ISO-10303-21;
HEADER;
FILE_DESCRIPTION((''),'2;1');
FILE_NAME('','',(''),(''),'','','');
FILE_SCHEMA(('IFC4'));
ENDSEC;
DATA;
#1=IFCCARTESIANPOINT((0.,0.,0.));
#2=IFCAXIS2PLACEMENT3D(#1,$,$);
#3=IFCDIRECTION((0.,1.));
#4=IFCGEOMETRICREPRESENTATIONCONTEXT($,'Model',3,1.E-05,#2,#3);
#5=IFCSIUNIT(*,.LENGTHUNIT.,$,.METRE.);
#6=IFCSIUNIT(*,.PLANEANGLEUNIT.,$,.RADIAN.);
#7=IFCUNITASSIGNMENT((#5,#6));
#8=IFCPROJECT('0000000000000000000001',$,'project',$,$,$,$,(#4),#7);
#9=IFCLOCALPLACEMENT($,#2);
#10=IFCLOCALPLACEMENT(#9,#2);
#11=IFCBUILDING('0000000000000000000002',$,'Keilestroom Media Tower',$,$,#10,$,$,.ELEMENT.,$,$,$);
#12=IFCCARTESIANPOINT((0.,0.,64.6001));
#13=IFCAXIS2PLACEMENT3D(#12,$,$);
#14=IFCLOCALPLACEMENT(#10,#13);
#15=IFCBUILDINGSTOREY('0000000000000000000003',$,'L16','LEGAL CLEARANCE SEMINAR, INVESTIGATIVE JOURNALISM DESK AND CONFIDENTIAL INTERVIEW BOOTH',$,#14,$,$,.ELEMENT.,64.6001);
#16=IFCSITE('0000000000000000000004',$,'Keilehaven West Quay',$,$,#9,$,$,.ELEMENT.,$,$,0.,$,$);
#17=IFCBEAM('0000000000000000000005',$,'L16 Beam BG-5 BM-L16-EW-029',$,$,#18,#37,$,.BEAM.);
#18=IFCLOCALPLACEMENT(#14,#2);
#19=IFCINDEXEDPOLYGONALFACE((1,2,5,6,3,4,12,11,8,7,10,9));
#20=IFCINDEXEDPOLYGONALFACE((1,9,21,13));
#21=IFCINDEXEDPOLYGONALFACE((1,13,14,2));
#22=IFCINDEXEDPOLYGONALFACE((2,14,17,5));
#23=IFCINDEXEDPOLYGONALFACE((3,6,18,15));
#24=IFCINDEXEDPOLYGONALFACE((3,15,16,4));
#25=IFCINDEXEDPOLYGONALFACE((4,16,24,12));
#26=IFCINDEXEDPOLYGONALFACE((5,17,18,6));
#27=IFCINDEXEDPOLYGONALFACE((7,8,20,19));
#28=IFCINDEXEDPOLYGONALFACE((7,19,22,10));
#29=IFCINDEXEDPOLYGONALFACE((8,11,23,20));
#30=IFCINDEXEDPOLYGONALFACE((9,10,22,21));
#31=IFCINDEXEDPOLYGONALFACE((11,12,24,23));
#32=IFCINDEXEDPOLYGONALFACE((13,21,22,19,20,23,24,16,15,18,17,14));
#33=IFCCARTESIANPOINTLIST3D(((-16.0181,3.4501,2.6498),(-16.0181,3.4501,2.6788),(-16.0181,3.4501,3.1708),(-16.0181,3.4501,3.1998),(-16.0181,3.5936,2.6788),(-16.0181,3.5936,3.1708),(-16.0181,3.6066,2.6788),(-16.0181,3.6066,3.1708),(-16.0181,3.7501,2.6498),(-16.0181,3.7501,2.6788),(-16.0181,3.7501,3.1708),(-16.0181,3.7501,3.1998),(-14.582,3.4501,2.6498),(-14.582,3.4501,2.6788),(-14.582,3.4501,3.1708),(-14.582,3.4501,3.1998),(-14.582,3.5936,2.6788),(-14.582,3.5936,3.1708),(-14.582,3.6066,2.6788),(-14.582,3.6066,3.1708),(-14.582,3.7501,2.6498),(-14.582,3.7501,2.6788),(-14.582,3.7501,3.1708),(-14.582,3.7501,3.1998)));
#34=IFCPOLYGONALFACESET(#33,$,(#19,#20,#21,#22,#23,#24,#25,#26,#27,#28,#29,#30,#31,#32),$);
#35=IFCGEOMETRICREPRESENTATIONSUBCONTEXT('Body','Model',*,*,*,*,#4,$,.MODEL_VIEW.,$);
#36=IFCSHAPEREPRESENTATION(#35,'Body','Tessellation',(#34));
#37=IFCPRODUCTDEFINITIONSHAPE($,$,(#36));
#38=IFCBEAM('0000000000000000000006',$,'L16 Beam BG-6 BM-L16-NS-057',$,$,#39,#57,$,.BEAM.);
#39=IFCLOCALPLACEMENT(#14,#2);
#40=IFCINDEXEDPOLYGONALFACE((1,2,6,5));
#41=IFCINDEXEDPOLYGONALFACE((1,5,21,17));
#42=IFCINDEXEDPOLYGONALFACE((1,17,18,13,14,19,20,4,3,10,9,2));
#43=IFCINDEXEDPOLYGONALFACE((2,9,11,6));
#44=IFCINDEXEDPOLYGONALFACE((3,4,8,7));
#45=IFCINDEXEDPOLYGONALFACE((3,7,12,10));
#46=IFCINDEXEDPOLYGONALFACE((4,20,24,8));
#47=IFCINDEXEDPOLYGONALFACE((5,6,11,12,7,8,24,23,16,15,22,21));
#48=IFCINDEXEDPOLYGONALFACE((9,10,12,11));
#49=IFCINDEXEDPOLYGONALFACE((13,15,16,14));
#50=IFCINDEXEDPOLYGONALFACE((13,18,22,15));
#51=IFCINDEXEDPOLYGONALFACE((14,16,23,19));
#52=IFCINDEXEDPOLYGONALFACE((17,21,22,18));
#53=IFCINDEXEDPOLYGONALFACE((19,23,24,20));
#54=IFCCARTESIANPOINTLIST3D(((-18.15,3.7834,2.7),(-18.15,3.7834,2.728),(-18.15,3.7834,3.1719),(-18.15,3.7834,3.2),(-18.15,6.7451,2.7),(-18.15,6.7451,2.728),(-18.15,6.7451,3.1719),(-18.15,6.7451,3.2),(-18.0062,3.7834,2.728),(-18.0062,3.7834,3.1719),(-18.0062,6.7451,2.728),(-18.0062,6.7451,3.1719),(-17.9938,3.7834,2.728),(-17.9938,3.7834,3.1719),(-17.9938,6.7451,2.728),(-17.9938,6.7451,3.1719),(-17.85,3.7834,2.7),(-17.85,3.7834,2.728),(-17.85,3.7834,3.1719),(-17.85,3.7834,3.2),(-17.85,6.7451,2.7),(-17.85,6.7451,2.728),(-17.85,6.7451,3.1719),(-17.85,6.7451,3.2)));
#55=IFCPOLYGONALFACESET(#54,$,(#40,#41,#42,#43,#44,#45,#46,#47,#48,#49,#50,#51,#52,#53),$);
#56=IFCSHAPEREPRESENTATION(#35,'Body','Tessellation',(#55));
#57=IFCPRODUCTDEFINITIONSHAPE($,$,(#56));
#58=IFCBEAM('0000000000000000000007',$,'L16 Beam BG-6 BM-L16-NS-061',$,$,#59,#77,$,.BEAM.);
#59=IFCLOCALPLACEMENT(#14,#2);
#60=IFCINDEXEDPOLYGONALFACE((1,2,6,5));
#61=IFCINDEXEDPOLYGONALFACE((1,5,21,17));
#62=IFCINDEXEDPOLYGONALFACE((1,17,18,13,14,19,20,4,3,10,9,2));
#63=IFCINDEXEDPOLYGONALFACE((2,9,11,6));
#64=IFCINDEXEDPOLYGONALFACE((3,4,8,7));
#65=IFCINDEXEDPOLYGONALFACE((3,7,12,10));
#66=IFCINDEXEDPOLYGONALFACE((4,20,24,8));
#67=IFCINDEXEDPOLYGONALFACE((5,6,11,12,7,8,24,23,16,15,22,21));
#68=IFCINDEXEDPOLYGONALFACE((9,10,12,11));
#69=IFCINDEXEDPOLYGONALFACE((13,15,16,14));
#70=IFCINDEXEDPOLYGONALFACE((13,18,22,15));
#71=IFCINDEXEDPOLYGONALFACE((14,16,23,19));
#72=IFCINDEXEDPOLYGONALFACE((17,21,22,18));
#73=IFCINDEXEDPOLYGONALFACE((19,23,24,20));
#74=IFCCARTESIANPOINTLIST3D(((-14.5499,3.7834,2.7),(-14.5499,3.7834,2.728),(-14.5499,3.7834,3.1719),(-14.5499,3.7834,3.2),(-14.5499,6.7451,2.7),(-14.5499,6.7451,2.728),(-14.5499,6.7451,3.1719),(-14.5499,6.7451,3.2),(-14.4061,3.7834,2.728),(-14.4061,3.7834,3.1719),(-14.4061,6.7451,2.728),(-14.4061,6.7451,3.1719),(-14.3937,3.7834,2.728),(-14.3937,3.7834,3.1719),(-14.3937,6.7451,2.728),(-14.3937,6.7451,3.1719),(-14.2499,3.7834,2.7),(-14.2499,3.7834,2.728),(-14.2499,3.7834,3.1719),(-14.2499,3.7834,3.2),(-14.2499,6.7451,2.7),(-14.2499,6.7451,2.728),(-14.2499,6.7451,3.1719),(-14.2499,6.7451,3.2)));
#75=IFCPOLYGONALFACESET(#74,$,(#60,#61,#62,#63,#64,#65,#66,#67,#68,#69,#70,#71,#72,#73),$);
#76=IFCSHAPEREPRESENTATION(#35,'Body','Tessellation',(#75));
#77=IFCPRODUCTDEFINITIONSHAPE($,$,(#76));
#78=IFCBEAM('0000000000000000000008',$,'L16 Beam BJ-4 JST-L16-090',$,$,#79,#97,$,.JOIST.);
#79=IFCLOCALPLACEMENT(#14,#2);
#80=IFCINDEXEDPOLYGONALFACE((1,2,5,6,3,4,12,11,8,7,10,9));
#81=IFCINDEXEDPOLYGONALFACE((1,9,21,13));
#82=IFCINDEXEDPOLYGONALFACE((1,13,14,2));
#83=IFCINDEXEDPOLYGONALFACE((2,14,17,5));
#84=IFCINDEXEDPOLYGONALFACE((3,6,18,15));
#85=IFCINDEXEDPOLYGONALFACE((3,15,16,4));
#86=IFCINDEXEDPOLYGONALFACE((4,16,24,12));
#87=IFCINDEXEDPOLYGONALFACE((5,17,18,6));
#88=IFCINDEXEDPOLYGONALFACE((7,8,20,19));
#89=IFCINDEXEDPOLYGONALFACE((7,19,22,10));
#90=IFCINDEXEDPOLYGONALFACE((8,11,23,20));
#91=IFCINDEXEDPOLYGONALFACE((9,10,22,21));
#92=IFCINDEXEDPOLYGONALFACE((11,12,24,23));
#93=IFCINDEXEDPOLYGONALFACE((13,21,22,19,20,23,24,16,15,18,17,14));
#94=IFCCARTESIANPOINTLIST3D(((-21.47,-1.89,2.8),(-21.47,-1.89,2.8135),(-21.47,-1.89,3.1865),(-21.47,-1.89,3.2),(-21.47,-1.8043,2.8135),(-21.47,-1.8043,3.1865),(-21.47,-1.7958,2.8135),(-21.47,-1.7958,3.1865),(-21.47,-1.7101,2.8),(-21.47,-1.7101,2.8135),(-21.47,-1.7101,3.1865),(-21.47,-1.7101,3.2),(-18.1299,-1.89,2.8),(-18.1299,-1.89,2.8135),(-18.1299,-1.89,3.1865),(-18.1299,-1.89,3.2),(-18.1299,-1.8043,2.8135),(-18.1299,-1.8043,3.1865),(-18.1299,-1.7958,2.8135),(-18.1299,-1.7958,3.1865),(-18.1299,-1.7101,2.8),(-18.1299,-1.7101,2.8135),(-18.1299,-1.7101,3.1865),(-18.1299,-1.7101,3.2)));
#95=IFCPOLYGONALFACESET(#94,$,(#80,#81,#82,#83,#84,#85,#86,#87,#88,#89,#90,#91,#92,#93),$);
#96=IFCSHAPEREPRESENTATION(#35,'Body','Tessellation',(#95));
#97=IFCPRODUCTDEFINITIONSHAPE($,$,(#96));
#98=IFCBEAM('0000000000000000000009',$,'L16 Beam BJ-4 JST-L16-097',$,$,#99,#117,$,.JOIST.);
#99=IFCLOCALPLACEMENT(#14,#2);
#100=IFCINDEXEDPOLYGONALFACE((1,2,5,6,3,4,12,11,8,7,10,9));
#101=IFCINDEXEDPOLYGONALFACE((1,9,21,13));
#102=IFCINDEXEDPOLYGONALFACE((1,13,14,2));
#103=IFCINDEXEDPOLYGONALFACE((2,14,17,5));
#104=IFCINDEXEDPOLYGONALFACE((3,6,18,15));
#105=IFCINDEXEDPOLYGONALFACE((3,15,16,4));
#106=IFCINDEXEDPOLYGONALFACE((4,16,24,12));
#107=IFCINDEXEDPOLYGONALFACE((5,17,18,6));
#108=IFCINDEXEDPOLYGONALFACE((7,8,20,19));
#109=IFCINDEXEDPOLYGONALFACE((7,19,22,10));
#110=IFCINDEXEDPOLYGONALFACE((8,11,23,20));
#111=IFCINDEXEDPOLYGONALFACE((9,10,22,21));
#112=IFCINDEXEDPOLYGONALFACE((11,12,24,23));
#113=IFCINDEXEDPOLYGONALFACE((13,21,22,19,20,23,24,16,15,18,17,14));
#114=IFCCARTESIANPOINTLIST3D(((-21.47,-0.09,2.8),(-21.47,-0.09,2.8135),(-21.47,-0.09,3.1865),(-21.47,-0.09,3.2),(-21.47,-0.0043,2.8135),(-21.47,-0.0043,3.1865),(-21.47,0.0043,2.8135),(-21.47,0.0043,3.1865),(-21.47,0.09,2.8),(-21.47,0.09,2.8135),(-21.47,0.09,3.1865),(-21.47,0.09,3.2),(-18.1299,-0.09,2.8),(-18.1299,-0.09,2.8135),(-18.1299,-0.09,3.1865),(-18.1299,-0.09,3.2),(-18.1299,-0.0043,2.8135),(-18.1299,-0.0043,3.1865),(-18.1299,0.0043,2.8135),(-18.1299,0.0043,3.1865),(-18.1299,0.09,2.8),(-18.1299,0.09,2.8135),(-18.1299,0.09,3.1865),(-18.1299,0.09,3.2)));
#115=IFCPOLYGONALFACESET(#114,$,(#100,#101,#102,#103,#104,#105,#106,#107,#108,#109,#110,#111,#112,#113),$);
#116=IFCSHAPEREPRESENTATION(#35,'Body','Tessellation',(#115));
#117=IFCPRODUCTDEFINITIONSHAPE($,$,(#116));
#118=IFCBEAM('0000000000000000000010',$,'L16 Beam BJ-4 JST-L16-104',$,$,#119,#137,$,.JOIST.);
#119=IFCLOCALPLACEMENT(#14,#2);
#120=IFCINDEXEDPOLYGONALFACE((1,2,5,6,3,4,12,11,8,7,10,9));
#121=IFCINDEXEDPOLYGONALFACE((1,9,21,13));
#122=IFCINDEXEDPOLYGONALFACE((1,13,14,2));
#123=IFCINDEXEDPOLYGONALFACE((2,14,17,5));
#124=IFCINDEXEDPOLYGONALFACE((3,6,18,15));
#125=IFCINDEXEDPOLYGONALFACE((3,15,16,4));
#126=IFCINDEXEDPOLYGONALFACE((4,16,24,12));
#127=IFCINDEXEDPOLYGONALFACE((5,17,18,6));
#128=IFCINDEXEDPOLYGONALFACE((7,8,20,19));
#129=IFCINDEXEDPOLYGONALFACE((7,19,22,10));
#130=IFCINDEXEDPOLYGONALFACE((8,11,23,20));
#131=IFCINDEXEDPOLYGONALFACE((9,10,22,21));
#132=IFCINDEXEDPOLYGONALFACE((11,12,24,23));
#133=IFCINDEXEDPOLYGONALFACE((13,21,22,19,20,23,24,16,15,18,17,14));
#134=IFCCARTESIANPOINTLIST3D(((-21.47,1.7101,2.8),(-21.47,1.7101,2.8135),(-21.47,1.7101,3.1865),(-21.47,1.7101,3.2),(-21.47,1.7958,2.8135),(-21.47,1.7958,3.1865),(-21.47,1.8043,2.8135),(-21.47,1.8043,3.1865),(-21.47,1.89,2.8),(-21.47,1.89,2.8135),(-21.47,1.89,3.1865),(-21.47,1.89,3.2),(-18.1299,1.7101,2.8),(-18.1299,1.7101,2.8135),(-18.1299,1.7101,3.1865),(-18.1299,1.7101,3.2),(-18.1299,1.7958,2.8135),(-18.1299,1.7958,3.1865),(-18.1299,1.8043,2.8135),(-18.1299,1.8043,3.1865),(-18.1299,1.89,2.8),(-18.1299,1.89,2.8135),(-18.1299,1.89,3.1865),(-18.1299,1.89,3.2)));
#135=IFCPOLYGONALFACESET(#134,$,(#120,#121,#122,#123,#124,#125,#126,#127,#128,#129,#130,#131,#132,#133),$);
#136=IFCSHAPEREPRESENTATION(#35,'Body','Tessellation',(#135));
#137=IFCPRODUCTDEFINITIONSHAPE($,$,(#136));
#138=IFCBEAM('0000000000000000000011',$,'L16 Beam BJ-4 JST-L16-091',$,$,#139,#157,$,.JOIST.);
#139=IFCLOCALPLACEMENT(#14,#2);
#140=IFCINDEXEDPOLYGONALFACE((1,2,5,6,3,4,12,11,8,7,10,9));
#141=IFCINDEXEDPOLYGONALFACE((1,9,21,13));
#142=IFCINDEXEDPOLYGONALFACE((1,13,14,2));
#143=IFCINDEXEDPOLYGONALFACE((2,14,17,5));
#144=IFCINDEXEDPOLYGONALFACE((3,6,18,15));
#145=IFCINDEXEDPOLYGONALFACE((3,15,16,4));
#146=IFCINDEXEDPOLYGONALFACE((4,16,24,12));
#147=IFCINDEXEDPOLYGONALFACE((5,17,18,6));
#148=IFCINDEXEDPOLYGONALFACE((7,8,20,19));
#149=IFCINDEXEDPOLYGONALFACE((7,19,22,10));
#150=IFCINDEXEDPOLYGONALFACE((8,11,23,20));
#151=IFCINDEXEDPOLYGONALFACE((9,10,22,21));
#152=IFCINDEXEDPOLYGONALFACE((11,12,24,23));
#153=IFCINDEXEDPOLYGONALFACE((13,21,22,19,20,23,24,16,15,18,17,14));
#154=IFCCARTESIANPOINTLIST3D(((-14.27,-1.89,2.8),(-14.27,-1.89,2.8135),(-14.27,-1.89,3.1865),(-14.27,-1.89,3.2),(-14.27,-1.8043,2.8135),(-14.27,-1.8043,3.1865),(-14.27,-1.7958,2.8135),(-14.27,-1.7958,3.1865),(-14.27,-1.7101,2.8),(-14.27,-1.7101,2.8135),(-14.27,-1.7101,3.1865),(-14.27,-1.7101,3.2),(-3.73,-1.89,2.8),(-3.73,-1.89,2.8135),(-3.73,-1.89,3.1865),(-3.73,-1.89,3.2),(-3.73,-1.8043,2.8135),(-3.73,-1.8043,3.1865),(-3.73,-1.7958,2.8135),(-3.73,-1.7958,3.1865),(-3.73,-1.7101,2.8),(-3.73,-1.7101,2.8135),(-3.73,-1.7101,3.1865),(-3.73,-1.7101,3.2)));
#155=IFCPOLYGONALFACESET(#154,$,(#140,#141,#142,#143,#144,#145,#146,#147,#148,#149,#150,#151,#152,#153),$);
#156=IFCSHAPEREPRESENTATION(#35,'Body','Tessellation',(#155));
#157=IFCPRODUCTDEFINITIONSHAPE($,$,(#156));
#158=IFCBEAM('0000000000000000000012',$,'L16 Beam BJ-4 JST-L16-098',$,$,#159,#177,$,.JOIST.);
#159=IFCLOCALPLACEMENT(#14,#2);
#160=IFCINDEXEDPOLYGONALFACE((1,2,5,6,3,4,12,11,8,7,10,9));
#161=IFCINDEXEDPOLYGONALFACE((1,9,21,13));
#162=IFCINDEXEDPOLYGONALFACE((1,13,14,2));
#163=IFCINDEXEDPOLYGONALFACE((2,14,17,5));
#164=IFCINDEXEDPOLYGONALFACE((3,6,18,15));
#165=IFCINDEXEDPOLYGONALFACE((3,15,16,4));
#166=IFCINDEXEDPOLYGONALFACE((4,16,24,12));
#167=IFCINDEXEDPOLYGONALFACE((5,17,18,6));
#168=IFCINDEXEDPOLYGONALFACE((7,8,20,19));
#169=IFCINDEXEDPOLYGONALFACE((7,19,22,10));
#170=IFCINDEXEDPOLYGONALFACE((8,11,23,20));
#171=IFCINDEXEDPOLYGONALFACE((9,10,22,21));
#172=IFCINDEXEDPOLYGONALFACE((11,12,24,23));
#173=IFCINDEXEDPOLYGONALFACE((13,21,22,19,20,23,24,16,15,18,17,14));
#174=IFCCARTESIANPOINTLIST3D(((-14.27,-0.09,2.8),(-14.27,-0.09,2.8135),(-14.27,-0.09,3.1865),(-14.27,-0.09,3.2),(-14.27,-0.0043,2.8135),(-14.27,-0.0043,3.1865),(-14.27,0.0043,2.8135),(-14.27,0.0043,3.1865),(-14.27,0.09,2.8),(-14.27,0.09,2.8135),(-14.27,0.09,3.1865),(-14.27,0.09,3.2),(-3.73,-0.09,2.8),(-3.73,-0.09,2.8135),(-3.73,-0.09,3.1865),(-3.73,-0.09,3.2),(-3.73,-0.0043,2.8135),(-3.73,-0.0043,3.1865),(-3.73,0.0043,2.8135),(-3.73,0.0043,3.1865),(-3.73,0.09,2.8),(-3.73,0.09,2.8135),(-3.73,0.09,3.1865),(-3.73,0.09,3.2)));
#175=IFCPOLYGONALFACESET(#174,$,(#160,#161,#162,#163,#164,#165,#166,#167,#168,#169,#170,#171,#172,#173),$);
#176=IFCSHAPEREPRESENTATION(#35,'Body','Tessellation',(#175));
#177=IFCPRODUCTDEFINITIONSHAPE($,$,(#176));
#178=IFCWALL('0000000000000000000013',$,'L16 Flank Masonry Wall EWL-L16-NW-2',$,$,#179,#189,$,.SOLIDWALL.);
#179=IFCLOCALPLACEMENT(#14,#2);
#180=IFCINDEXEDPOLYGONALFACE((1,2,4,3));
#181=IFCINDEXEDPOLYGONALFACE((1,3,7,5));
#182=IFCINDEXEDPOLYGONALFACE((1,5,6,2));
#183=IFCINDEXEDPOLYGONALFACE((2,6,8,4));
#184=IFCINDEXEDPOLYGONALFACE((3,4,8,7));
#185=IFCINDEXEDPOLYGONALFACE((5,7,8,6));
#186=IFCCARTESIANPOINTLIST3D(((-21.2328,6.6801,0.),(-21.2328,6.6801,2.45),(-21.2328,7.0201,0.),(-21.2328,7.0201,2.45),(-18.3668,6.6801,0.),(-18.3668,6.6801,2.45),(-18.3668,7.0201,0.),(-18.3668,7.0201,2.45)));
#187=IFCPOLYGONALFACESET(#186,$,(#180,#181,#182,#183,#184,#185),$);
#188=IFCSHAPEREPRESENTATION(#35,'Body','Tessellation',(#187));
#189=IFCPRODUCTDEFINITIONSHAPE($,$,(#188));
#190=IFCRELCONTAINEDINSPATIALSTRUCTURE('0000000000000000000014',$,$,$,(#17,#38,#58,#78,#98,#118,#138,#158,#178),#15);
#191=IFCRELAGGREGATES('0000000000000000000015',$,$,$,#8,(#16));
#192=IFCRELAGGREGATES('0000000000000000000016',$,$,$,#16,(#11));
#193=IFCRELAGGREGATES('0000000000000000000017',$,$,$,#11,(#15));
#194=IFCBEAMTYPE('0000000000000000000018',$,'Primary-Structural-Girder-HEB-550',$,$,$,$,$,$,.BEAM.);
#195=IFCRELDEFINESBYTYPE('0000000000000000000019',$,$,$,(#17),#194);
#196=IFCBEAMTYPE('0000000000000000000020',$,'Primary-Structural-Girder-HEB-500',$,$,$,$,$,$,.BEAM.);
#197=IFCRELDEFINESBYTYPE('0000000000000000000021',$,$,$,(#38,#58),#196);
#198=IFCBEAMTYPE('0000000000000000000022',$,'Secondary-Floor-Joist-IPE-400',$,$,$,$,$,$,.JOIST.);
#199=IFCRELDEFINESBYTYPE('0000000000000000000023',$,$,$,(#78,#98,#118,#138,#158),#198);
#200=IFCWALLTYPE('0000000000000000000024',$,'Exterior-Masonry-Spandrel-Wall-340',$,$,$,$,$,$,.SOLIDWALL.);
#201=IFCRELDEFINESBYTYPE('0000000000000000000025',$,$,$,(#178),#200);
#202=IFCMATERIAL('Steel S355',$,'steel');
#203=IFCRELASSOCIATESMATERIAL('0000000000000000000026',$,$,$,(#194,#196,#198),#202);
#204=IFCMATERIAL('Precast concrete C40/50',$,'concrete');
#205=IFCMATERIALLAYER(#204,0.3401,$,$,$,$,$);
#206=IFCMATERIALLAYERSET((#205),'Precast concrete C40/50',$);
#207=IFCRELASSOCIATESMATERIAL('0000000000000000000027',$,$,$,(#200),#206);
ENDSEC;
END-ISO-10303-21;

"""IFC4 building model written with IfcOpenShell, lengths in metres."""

from ifc_helpers import new_model, si_unit, direction, frame, frame_2d, origin, origin_2d, place, context, subcontext, project, spatial, rectangle, i_section, extrude, source, transform, mapped, material, layer, layer_set, material_profile, profile_set, type_object, element, save


model = new_model("IFC4")

# Units and contexts
model_context = context("Model", 3, precision=1e-05, world=origin(), true_north=direction((0.0, 1.0)))
body_context = subcontext(model_context, "Body", "Model", "MODEL_VIEW")
ifc_project = project(units=[si_unit("LENGTHUNIT", "METRE"), si_unit("PLANEANGLEUNIT", "RADIAN")], contexts=[model_context])

# Site, building, storey
site_placement = place(None, origin())
site = spatial("IfcSite", under=ifc_project, at=site_placement, Name="Keilehaven West Quay", CompositionType="ELEMENT", RefElevation=0.0)
building_placement = place(site_placement, origin())
building = spatial("IfcBuilding", under=site, at=building_placement, Name="Keilestroom Media Tower", CompositionType="ELEMENT")
storey_placement = place(building_placement, frame((0.0, 0.0, 64.6001)))
storey = spatial("IfcBuildingStorey", under=building, at=storey_placement, Name="L16", Description="LEGAL CLEARANCE SEMINAR, INVESTIGATIVE JOURNALISM DESK AND CONFIDENTIAL INTERVIEW BOOTH", CompositionType="ELEMENT", Elevation=64.6001)

# Shared definitions
ifc_material_1 = material(Name="Precast concrete C40/50", Category="concrete")

# Beams
ifc_material_2 = material(Name="Steel S355", Category="steel")
ifc_material_profile_1 = material_profile(ifc_material_2, i_section(OverallWidth=0.3, OverallDepth=0.55, WebThickness=0.0129, FlangeThickness=0.0291, at=origin_2d()), Name="HEB 550")
ifc_profile_set_1 = profile_set([ifc_material_profile_1], Name="Steel S355")
beam_type_1 = type_object("IfcBeamType", Name="Primary-Structural-Girder-HEB-550", PredefinedType="BEAM", material=ifc_profile_set_1)
shared_shape_1 = source(origin(), body_context, "Body", "SweptSolid", [
    extrude(i_section(OverallWidth=0.3, OverallDepth=0.55, WebThickness=0.0129, FlangeThickness=0.0291, at=origin_2d()), origin(), (0.0, 0.0, 1.0), 1.436),
])
for number, where, z_axis, x_axis, name in (
    (1, (-16.0181, 3.6001, 2.9248), (1.0, 0.0, 0.0), (0.0, 1.0, 0.0), "L16 Beam BG-5 BM-L16-EW-029"),
):
    element("IfcBeam", number, at=place(storey_placement, frame(where, z_axis=z_axis, x_axis=x_axis)), inside=storey, type_object=beam_type_1, Name=name, PredefinedType="BEAM", context=body_context, shape_type="MappedRepresentation", body=[
        mapped(shared_shape_1, transform((0.0, 0.0, 0.0), x_axis=(1.0, 0.0, 0.0), y_axis=(0.0, 1.0, 0.0), z_axis=(0.0, 0.0, 1.0), scale=1.0)),
    ])
ifc_material_profile_2 = material_profile(ifc_material_2, i_section(OverallWidth=0.3, OverallDepth=0.5, WebThickness=0.0125, FlangeThickness=0.0281, at=origin_2d()), Name="HEB 500")
ifc_profile_set_2 = profile_set([ifc_material_profile_2], Name="Steel S355")
beam_type_2 = type_object("IfcBeamType", Name="Primary-Structural-Girder-HEB-500", PredefinedType="BEAM", material=ifc_profile_set_2)
shared_shape_2 = source(origin(), body_context, "Body", "SweptSolid", [
    extrude(i_section(OverallWidth=0.3, OverallDepth=0.5, WebThickness=0.0125, FlangeThickness=0.0281, at=origin_2d()), origin(), (0.0, 0.0, 1.0), 2.9617),
])
for number, where, z_axis, x_axis, name in (
    (2, (-18.0, 3.7834, 2.95), (0.0, 1.0, 0.0), (-1.0, 0.0, 0.0), "L16 Beam BG-6 BM-L16-NS-057"),
    (3, (-14.3999, 3.7834, 2.95), (0.0, 1.0, 0.0), (-1.0, 0.0, 0.0), "L16 Beam BG-6 BM-L16-NS-061"),
):
    element("IfcBeam", number, at=place(storey_placement, frame(where, z_axis=z_axis, x_axis=x_axis)), inside=storey, type_object=beam_type_2, Name=name, PredefinedType="BEAM", context=body_context, shape_type="MappedRepresentation", body=[
        mapped(shared_shape_2, transform((0.0, 0.0, 0.0), x_axis=(1.0, 0.0, 0.0), y_axis=(0.0, 1.0, 0.0), z_axis=(0.0, 0.0, 1.0), scale=1.0)),
    ])
ifc_material_profile_3 = material_profile(ifc_material_2, i_section(OverallWidth=0.1799, OverallDepth=0.3999, WebThickness=0.0085, FlangeThickness=0.0134, at=origin_2d()), Name="IPE 400")
ifc_profile_set_3 = profile_set([ifc_material_profile_3], Name="Steel S355")
beam_type_3 = type_object("IfcBeamType", Name="Secondary-Floor-Joist-IPE-400", PredefinedType="JOIST", material=ifc_profile_set_3)
shared_shape_3 = source(origin(), body_context, "Body", "SweptSolid", [
    extrude(i_section(OverallWidth=0.1799, OverallDepth=0.3999, WebThickness=0.0085, FlangeThickness=0.0134, at=origin_2d()), origin(), (0.0, 0.0, 1.0), 3.3401),
])
for number, where, z_axis, x_axis, name in (
    (4, (-21.47, -1.8, 3.0), (1.0, 0.0, 0.0), (0.0, 1.0, 0.0), "L16 Beam BJ-4 JST-L16-090"),
    (5, (-21.47, 0.0, 3.0), (1.0, 0.0, 0.0), (0.0, 1.0, 0.0), "L16 Beam BJ-4 JST-L16-097"),
    (6, (-21.47, 1.8, 3.0), (1.0, 0.0, 0.0), (0.0, 1.0, 0.0), "L16 Beam BJ-4 JST-L16-104"),
):
    element("IfcBeam", number, at=place(storey_placement, frame(where, z_axis=z_axis, x_axis=x_axis)), inside=storey, type_object=beam_type_3, Name=name, PredefinedType="JOIST", context=body_context, shape_type="MappedRepresentation", body=[
        mapped(shared_shape_3, transform((0.0, 0.0, 0.0), x_axis=(1.0, 0.0, 0.0), y_axis=(0.0, 1.0, 0.0), z_axis=(0.0, 0.0, 1.0), scale=1.0)),
    ])
shared_shape_4 = source(origin(), body_context, "Body", "SweptSolid", [
    extrude(i_section(OverallWidth=0.1799, OverallDepth=0.3999, WebThickness=0.0085, FlangeThickness=0.0134, at=origin_2d()), origin(), (0.0, 0.0, 1.0), 10.54),
])
for number, where, z_axis, x_axis, name in (
    (7, (-14.27, -1.8, 3.0), (1.0, 0.0, 0.0), (0.0, 1.0, 0.0), "L16 Beam BJ-4 JST-L16-091"),
    (8, (-14.27, 0.0, 3.0), (1.0, 0.0, 0.0), (0.0, 1.0, 0.0), "L16 Beam BJ-4 JST-L16-098"),
):
    element("IfcBeam", number, at=place(storey_placement, frame(where, z_axis=z_axis, x_axis=x_axis)), inside=storey, type_object=beam_type_3, Name=name, PredefinedType="JOIST", context=body_context, shape_type="MappedRepresentation", body=[
        mapped(shared_shape_4, transform((0.0, 0.0, 0.0), x_axis=(1.0, 0.0, 0.0), y_axis=(0.0, 1.0, 0.0), z_axis=(0.0, 0.0, 1.0), scale=1.0)),
    ])

# Wall
ifc_layer_1 = layer(ifc_material_1, 0.3401)
ifc_layer_set_1 = layer_set([ifc_layer_1], Name="Precast concrete C40/50")
wall_type_1 = type_object("IfcWallType", Name="Exterior-Masonry-Spandrel-Wall-340", PredefinedType="SOLIDWALL", material=ifc_layer_set_1)
for number, where, z_axis, x_axis, name in (
    (9, (-21.2329, 6.8501, 0.0), (0.0, 0.0, 1.0), (1.0, 0.0, 0.0), "L16 Flank Masonry Wall EWL-L16-NW-2"),
):
    element("IfcWall", number, at=place(storey_placement, frame(where, z_axis=z_axis, x_axis=x_axis)), inside=storey, type_object=wall_type_1, Name=name, PredefinedType="SOLIDWALL", context=body_context, shape_type="SweptSolid", body=[
        extrude(rectangle(XDim=2.866, YDim=0.3401, at=frame_2d((1.4331, 0.0))), origin(), (0.0, 0.0, 1.0), 2.45),
    ])

save(model, "model.ifc")
